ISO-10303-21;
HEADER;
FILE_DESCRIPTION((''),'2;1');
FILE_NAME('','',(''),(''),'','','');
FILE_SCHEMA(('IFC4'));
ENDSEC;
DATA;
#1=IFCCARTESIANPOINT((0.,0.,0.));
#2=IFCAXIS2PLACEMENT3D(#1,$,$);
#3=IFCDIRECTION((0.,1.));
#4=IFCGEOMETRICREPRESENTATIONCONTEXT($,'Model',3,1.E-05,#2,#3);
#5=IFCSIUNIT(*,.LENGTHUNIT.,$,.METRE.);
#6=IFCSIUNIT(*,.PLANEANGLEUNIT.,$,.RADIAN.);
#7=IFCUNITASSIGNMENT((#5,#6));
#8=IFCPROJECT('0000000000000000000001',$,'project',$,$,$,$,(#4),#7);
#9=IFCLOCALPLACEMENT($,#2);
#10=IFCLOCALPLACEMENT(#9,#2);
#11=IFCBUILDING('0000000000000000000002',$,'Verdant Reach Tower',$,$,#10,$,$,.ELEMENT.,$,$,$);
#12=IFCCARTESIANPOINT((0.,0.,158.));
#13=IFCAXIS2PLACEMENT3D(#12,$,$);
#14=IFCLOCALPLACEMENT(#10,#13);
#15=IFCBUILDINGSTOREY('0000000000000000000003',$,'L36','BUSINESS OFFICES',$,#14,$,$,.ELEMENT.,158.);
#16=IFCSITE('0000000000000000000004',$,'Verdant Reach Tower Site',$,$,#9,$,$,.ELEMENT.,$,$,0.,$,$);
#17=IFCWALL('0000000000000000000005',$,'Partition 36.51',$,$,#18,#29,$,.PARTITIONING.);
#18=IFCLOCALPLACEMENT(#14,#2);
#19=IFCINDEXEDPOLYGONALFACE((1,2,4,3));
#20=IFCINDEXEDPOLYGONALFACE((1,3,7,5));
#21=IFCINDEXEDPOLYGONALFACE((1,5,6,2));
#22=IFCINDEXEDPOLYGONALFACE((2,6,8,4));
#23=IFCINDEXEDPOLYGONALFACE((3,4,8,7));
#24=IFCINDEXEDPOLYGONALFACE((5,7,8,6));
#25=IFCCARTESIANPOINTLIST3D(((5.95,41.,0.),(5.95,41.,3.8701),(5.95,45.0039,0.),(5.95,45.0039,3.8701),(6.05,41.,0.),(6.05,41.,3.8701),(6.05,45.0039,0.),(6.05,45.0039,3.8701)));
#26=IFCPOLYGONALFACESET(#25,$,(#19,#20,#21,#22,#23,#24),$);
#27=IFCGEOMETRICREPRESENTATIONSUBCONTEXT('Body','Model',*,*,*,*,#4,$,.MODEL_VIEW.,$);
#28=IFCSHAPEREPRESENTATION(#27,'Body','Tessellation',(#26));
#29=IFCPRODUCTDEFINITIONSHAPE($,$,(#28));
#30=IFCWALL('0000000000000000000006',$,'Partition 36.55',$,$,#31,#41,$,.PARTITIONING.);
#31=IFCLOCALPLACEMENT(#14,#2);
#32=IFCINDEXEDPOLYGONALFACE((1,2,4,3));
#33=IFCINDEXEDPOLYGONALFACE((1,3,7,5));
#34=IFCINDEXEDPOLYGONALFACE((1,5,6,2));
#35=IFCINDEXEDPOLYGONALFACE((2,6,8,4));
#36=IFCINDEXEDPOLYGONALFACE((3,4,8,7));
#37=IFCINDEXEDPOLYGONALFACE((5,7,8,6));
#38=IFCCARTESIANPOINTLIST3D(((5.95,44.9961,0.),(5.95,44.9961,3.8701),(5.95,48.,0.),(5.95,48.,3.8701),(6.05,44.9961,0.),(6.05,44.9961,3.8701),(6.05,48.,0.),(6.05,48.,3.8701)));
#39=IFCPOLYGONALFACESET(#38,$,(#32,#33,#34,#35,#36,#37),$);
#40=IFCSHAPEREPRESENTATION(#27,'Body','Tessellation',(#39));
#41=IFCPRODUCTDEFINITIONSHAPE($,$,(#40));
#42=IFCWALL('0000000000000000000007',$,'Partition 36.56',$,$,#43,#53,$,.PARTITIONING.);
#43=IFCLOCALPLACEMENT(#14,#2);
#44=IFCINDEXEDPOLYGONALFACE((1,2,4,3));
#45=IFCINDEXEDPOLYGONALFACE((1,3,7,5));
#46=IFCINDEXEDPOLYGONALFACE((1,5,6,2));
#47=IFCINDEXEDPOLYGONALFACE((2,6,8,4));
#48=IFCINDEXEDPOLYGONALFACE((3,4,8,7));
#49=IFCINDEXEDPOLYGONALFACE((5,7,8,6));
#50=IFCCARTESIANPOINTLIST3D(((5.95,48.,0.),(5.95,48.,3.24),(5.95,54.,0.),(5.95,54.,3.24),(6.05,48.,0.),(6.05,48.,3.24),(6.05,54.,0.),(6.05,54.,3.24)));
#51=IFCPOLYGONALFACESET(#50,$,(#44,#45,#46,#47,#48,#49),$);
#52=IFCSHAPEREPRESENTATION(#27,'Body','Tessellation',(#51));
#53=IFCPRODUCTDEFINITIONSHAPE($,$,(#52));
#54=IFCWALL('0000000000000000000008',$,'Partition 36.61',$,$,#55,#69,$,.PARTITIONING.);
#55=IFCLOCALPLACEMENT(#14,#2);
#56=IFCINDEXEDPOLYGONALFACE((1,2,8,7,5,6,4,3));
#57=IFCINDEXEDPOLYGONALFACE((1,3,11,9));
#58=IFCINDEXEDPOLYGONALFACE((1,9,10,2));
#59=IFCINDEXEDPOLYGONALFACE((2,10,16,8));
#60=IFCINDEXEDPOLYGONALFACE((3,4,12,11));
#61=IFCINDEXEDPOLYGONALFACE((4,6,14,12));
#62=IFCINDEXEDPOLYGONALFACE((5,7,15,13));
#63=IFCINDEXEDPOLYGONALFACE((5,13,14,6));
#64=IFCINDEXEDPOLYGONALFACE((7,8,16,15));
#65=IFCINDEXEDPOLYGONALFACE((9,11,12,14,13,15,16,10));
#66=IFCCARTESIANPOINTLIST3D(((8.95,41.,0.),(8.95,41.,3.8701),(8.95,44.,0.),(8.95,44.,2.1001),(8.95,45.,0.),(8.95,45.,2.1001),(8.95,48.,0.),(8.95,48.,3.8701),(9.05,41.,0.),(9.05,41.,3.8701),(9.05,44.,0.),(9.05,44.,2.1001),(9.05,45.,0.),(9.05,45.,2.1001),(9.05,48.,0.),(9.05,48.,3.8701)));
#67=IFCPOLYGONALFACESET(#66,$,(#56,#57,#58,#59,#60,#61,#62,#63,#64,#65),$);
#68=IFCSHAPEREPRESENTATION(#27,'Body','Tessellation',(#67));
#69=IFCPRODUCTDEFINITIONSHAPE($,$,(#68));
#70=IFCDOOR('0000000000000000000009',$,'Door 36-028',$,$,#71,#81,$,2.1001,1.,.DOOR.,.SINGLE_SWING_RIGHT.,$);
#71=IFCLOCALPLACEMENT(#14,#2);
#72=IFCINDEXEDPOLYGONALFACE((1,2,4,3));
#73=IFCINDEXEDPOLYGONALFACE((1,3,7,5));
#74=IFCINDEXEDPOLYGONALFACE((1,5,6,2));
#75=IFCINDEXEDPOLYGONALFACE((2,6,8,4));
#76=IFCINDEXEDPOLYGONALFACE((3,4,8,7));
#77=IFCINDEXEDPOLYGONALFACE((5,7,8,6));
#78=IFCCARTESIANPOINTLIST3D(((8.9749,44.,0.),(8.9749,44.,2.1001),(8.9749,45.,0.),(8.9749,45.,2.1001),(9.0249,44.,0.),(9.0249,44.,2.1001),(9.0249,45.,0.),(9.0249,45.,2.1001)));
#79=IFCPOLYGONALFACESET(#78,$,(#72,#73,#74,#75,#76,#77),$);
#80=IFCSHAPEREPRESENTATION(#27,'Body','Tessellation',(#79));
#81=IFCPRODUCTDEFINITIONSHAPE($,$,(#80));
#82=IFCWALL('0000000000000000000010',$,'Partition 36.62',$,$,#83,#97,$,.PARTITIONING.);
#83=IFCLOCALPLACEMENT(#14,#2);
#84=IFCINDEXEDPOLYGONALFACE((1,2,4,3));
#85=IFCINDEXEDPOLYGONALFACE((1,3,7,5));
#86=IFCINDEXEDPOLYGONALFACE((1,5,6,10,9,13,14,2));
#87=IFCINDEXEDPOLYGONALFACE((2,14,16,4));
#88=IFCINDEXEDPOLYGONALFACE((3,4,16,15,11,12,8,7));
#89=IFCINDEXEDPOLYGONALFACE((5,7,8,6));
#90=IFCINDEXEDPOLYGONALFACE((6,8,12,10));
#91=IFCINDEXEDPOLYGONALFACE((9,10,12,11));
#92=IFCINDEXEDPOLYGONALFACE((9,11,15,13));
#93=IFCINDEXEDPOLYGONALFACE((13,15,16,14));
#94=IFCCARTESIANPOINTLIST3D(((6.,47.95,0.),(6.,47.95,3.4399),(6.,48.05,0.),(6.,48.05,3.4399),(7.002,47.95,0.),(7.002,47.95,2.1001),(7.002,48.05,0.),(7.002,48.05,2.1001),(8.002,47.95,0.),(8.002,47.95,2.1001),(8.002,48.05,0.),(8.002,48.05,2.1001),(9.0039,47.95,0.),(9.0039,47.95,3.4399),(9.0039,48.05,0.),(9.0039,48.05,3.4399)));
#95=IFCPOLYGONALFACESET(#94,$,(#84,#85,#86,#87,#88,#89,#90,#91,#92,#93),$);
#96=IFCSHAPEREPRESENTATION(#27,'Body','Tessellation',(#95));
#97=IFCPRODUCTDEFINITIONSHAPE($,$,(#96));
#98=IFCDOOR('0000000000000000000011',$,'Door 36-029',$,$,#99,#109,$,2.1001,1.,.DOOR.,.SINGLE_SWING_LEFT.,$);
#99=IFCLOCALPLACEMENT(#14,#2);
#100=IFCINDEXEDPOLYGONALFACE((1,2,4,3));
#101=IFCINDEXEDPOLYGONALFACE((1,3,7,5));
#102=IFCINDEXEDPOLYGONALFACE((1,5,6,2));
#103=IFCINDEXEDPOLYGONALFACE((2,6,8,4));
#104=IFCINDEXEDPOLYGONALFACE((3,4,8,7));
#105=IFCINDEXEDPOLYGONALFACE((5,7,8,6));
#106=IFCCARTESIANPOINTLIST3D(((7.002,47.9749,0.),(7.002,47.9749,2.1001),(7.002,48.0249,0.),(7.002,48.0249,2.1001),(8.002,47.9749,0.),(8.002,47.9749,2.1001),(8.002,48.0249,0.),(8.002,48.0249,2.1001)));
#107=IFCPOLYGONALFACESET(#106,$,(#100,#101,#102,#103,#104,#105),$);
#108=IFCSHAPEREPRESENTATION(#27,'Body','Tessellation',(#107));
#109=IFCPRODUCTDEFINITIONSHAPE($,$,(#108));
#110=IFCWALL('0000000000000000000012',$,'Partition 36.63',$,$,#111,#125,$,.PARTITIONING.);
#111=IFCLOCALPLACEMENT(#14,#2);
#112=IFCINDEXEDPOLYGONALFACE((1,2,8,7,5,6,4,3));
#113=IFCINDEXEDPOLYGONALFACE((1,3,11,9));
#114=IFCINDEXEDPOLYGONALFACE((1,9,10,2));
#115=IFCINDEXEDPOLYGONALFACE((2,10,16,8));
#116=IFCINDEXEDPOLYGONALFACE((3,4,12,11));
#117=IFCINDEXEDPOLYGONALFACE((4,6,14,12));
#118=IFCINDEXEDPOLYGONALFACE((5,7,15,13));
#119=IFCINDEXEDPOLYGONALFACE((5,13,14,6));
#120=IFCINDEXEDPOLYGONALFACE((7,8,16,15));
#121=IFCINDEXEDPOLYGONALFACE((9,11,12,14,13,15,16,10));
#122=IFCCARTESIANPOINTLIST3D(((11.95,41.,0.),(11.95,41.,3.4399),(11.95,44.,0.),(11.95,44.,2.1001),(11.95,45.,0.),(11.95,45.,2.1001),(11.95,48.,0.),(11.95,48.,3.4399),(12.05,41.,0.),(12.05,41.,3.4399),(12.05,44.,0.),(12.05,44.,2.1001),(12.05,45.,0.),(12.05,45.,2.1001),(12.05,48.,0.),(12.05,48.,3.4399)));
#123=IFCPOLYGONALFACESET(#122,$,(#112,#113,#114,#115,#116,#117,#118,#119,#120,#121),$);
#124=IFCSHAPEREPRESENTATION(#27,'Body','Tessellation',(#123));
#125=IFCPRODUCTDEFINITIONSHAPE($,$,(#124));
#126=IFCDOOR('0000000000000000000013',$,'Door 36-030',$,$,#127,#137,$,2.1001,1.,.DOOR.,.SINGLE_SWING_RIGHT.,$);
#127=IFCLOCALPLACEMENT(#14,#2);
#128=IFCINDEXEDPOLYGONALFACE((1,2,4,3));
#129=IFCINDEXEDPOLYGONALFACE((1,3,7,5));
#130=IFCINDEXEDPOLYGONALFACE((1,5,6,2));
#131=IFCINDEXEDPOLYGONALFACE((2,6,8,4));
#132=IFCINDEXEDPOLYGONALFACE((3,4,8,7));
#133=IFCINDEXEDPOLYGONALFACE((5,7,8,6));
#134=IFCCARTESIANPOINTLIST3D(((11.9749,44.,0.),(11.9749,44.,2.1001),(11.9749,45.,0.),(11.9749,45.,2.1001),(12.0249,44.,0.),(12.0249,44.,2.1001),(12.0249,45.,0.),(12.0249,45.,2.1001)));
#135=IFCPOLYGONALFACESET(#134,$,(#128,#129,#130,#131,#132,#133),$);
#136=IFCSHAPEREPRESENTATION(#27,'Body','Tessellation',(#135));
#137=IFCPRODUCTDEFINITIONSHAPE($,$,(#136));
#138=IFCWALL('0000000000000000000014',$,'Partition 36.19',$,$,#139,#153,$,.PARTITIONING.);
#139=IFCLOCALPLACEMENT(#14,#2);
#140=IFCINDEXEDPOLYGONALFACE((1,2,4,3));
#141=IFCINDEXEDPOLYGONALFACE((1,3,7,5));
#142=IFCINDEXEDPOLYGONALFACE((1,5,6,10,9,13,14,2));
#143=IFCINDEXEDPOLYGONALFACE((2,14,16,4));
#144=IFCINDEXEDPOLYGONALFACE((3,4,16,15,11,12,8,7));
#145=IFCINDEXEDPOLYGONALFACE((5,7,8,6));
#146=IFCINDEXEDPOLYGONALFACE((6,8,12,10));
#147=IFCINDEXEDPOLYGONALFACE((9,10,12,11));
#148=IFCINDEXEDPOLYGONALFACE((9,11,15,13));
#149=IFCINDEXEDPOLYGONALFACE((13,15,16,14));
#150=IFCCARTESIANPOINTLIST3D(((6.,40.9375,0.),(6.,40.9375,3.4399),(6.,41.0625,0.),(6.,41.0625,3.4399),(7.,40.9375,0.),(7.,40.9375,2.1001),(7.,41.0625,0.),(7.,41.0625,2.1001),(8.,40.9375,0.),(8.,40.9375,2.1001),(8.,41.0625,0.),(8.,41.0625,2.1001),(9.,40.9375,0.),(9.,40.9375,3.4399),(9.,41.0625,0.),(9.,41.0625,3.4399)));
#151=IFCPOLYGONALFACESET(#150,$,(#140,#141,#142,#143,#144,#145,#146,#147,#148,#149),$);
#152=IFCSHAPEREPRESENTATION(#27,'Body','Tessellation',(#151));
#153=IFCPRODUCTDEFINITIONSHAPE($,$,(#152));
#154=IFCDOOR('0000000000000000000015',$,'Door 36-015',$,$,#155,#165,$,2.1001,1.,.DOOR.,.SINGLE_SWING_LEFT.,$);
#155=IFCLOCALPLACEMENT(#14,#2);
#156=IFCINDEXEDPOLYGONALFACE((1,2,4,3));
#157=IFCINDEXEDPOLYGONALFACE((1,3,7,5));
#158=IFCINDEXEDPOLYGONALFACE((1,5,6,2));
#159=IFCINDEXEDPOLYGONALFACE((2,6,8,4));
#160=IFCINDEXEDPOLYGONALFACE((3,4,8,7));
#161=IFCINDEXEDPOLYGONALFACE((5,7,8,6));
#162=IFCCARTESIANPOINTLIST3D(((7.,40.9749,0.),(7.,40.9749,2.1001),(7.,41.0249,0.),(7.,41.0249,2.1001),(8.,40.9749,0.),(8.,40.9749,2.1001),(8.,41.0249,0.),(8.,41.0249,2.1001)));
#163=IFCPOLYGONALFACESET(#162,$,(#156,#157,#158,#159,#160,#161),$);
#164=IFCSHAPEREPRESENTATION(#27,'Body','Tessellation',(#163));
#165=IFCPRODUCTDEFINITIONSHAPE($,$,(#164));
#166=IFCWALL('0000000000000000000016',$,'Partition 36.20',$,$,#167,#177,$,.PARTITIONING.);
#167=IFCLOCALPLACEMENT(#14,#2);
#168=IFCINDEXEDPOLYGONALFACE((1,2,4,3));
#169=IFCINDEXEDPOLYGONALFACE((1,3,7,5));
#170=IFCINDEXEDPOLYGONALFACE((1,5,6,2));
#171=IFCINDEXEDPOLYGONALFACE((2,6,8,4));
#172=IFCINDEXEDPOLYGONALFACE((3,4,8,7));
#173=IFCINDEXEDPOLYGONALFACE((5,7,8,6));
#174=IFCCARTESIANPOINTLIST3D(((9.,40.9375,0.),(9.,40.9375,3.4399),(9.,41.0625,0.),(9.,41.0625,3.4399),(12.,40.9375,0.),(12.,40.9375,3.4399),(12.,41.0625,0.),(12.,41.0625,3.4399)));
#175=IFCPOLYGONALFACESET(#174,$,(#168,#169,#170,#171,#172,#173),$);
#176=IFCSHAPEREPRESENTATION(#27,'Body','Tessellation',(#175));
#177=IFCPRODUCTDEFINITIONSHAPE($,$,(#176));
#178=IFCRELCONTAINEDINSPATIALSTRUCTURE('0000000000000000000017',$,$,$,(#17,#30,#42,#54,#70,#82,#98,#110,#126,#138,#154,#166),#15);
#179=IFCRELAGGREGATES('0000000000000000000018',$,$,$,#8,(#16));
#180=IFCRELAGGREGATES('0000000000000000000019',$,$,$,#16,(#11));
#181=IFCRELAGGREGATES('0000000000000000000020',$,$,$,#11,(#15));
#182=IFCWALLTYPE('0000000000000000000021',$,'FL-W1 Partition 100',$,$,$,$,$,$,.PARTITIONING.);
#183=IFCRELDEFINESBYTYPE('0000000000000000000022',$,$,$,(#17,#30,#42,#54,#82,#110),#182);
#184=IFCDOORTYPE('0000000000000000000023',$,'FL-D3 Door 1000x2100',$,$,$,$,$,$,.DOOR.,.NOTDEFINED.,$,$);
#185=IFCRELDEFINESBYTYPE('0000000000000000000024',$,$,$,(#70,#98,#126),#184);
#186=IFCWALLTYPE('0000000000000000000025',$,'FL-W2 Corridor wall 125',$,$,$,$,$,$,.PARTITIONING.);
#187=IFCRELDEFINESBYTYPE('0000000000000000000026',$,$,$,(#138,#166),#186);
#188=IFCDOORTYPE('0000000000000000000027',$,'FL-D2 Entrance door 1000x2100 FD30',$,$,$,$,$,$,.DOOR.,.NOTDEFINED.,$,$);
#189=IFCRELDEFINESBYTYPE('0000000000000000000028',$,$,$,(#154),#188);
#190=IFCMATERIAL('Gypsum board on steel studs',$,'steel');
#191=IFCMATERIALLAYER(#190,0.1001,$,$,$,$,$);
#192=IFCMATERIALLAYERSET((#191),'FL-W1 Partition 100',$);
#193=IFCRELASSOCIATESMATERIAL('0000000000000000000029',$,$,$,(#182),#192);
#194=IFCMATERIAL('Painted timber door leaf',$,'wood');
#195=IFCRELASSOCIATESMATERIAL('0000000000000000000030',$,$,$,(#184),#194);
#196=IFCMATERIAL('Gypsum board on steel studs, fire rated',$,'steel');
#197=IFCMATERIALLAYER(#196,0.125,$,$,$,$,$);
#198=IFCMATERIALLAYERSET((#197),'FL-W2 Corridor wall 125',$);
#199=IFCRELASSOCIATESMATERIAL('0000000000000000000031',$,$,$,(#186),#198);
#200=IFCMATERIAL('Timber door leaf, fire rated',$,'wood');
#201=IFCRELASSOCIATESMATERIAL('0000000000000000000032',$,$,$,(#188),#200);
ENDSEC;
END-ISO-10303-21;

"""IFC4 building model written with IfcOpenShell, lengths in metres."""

from ifc_helpers import new_model, si_unit, direction, frame, frame_2d, origin, place, context, subcontext, project, spatial, rectangle, extrude, material, layer, layer_set, type_object, element, fill, save


model = new_model("IFC4")

# Units and contexts
model_context = context("Model", 3, precision=1e-05, world=origin(), true_north=direction((0.0, 1.0)))
body_context = subcontext(model_context, "Body", "Model", "MODEL_VIEW")
ifc_project = project(units=[si_unit("LENGTHUNIT", "METRE"), si_unit("PLANEANGLEUNIT", "RADIAN")], contexts=[model_context])

# Site, building, storey
site_placement = place(None, origin())
site = spatial("IfcSite", under=ifc_project, at=site_placement, Name="Verdant Reach Tower Site", CompositionType="ELEMENT", RefElevation=0.0)
building_placement = place(site_placement, origin())
building = spatial("IfcBuilding", under=site, at=building_placement, Name="Verdant Reach Tower", CompositionType="ELEMENT")
storey_placement = place(building_placement, frame((0.0, 0.0, 158.0)))
storey = spatial("IfcBuildingStorey", under=building, at=storey_placement, Name="L36", Description="BUSINESS OFFICES", CompositionType="ELEMENT", Elevation=158.0)

# Walls
ifc_material_1 = material(Name="Gypsum board on steel studs", Category="steel")
ifc_layer_1 = layer(ifc_material_1, 0.1001)
ifc_layer_set_1 = layer_set([ifc_layer_1], Name="FL-W1 Partition 100")
wall_type_1 = type_object("IfcWallType", Name="FL-W1 Partition 100", PredefinedType="PARTITIONING", material=ifc_layer_set_1)
wall_1_placement = place(storey_placement, frame((6.0, 41.0, 0.0), z_axis=(0.0, 0.0, 1.0), x_axis=(0.0, 1.0, 0.0)))
element("IfcWall", 1, at=wall_1_placement, inside=storey, type_object=wall_type_1, Name="Partition 36.51", PredefinedType="PARTITIONING", context=body_context, shape_type="SweptSolid", body=[
    extrude(rectangle(XDim=4.0039, YDim=0.1001, at=frame_2d((2.002, 0.0))), origin(), (0.0, 0.0, 1.0), 3.8701),
])
wall_2_placement = place(storey_placement, frame((6.0, 44.9961, 0.0), z_axis=(0.0, 0.0, 1.0), x_axis=(0.0, 1.0, 0.0)))
element("IfcWall", 2, at=wall_2_placement, inside=storey, type_object=wall_type_1, Name="Partition 36.55", PredefinedType="PARTITIONING", context=body_context, shape_type="SweptSolid", body=[
    extrude(rectangle(XDim=3.0039, YDim=0.1001, at=frame_2d((1.502, 0.0))), origin(), (0.0, 0.0, 1.0), 3.8701),
])
wall_3_placement = place(storey_placement, frame((6.0, 48.0, 0.0), z_axis=(0.0, 0.0, 1.0), x_axis=(0.0, 1.0, 0.0)))
element("IfcWall", 3, at=wall_3_placement, inside=storey, type_object=wall_type_1, Name="Partition 36.56", PredefinedType="PARTITIONING", context=body_context, shape_type="SweptSolid", body=[
    extrude(rectangle(XDim=6.0, YDim=0.1001, at=frame_2d((3.0, 0.0))), origin(), (0.0, 0.0, 1.0), 3.24),
])

# Walls, openings, doors
wall_4_placement = place(storey_placement, frame((9.0, 48.0, 0.0), z_axis=(0.0, 0.0, 1.0), x_axis=(0.0, -1.0, 0.0)))
wall_4 = element("IfcWall", 4, at=wall_4_placement, inside=storey, type_object=wall_type_1, Name="Partition 36.61", PredefinedType="PARTITIONING", context=body_context, shape_type="SweptSolid", body=[
    extrude(rectangle(XDim=7.0, YDim=0.1001, at=frame_2d((3.5, 0.0))), origin(), (0.0, 0.0, 1.0), 3.8701),
])
opening_1_placement = place(wall_4_placement, frame((3.0, 0.0, 0.0)))
opening_1 = element("IfcOpeningElement", 5, at=opening_1_placement, cuts=wall_4, PredefinedType="OPENING", context=body_context, shape_type="SweptSolid", body=[
    extrude(rectangle(XDim=1.0, YDim=2.1001, at=frame_2d((0.5, 1.05))), frame((0.0, 0.0601, 0.0), z_axis=(0.0, -1.0, 0.0), x_axis=(1.0, 0.0, 0.0)), (0.0, 0.0, 1.0), 0.1201),
])
ifc_material_2 = material(Name="Painted timber door leaf", Category="wood")
door_type_1 = type_object("IfcDoorType", Name="FL-D3 Door 1000x2100", OperationType="NOTDEFINED", PredefinedType="DOOR", material=ifc_material_2)
door_1_placement = place(opening_1_placement, origin())
door_1 = element("IfcDoor", 6, at=door_1_placement, inside=storey, type_object=door_type_1, Name="Door 36-028", OperationType="SINGLE_SWING_RIGHT", OverallHeight=2.1001, OverallWidth=1.0, PredefinedType="DOOR", context=body_context, shape_type="SweptSolid", body=[
    extrude(rectangle(XDim=1.0, YDim=2.1001, at=frame_2d((0.5, 1.05))), frame((0.0, 0.0249, 0.0), z_axis=(0.0, -1.0, 0.0), x_axis=(1.0, 0.0, 0.0)), (0.0, 0.0, 1.0), 0.05),
])
fill(opening_1, door_1)
wall_5_placement = place(storey_placement, frame((6.0, 48.0, 0.0), z_axis=(0.0, 0.0, 1.0), x_axis=(1.0, 0.0, 0.0)))
wall_5 = element("IfcWall", 7, at=wall_5_placement, inside=storey, type_object=wall_type_1, Name="Partition 36.62", PredefinedType="PARTITIONING", context=body_context, shape_type="SweptSolid", body=[
    extrude(rectangle(XDim=3.0039, YDim=0.1001, at=frame_2d((1.502, 0.0))), origin(), (0.0, 0.0, 1.0), 3.4399),
])
opening_2_placement = place(wall_5_placement, frame((1.002, 0.0, 0.0)))
opening_2 = element("IfcOpeningElement", 8, at=opening_2_placement, cuts=wall_5, PredefinedType="OPENING", context=body_context, shape_type="SweptSolid", body=[
    extrude(rectangle(XDim=1.0, YDim=2.1001, at=frame_2d((0.5, 1.05))), frame((0.0, 0.0601, 0.0), z_axis=(0.0, -1.0, 0.0), x_axis=(1.0, 0.0, 0.0)), (0.0, 0.0, 1.0), 0.1201),
])
door_2_placement = place(opening_2_placement, origin())
door_2 = element("IfcDoor", 9, at=door_2_placement, inside=storey, type_object=door_type_1, Name="Door 36-029", OperationType="SINGLE_SWING_LEFT", OverallHeight=2.1001, OverallWidth=1.0, PredefinedType="DOOR", context=body_context, shape_type="SweptSolid", body=[
    extrude(rectangle(XDim=1.0, YDim=2.1001, at=frame_2d((0.5, 1.05))), frame((0.0, 0.0249, 0.0), z_axis=(0.0, -1.0, 0.0), x_axis=(1.0, 0.0, 0.0)), (0.0, 0.0, 1.0), 0.05),
])
fill(opening_2, door_2)
wall_6_placement = place(storey_placement, frame((12.0, 48.0, 0.0), z_axis=(0.0, 0.0, 1.0), x_axis=(0.0, -1.0, 0.0)))
wall_6 = element("IfcWall", 10, at=wall_6_placement, inside=storey, type_object=wall_type_1, Name="Partition 36.63", PredefinedType="PARTITIONING", context=body_context, shape_type="SweptSolid", body=[
    extrude(rectangle(XDim=7.0, YDim=0.1001, at=frame_2d((3.5, 0.0))), origin(), (0.0, 0.0, 1.0), 3.4399),
])
opening_3_placement = place(wall_6_placement, frame((3.0, 0.0, 0.0)))
opening_3 = element("IfcOpeningElement", 11, at=opening_3_placement, cuts=wall_6, PredefinedType="OPENING", context=body_context, shape_type="SweptSolid", body=[
    extrude(rectangle(XDim=1.0, YDim=2.1001, at=frame_2d((0.5, 1.05))), frame((0.0, 0.0601, 0.0), z_axis=(0.0, -1.0, 0.0), x_axis=(1.0, 0.0, 0.0)), (0.0, 0.0, 1.0), 0.1201),
])
door_3_placement = place(opening_3_placement, origin())
door_3 = element("IfcDoor", 12, at=door_3_placement, inside=storey, type_object=door_type_1, Name="Door 36-030", OperationType="SINGLE_SWING_RIGHT", OverallHeight=2.1001, OverallWidth=1.0, PredefinedType="DOOR", context=body_context, shape_type="SweptSolid", body=[
    extrude(rectangle(XDim=1.0, YDim=2.1001, at=frame_2d((0.5, 1.05))), frame((0.0, 0.0249, 0.0), z_axis=(0.0, -1.0, 0.0), x_axis=(1.0, 0.0, 0.0)), (0.0, 0.0, 1.0), 0.05),
])
fill(opening_3, door_3)
ifc_material_3 = material(Name="Gypsum board on steel studs, fire rated", Category="steel")
ifc_layer_2 = layer(ifc_material_3, 0.125)
ifc_layer_set_2 = layer_set([ifc_layer_2], Name="FL-W2 Corridor wall 125")
wall_type_2 = type_object("IfcWallType", Name="FL-W2 Corridor wall 125", PredefinedType="PARTITIONING", material=ifc_layer_set_2)
wall_7_placement = place(storey_placement, frame((6.0, 41.0, 0.0), z_axis=(0.0, 0.0, 1.0), x_axis=(1.0, 0.0, 0.0)))
wall_7 = element("IfcWall", 13, at=wall_7_placement, inside=storey, type_object=wall_type_2, Name="Partition 36.19", PredefinedType="PARTITIONING", context=body_context, shape_type="SweptSolid", body=[
    extrude(rectangle(XDim=3.0, YDim=0.125, at=frame_2d((1.5, 0.0))), origin(), (0.0, 0.0, 1.0), 3.4399),
])
opening_4_placement = place(wall_7_placement, frame((1.0, 0.0, 0.0)))
opening_4 = element("IfcOpeningElement", 14, at=opening_4_placement, cuts=wall_7, PredefinedType="OPENING", context=body_context, shape_type="SweptSolid", body=[
    extrude(rectangle(XDim=1.0, YDim=2.1001, at=frame_2d((0.5, 1.05))), frame((0.0, 0.0725, 0.0), z_axis=(0.0, -1.0, 0.0), x_axis=(1.0, 0.0, 0.0)), (0.0, 0.0, 1.0), 0.145),
])
ifc_material_4 = material(Name="Timber door leaf, fire rated", Category="wood")
door_type_2 = type_object("IfcDoorType", Name="FL-D2 Entrance door 1000x2100 FD30", OperationType="NOTDEFINED", PredefinedType="DOOR", material=ifc_material_4)
door_4_placement = place(opening_4_placement, origin())
door_4 = element("IfcDoor", 15, at=door_4_placement, inside=storey, type_object=door_type_2, Name="Door 36-015", OperationType="SINGLE_SWING_LEFT", OverallHeight=2.1001, OverallWidth=1.0, PredefinedType="DOOR", context=body_context, shape_type="SweptSolid", body=[
    extrude(rectangle(XDim=1.0, YDim=2.1001, at=frame_2d((0.5, 1.05))), frame((0.0, 0.0249, 0.0), z_axis=(0.0, -1.0, 0.0), x_axis=(1.0, 0.0, 0.0)), (0.0, 0.0, 1.0), 0.05),
])
fill(opening_4, door_4)

# Wall
wall_8_placement = place(storey_placement, frame((12.0, 41.0, 0.0), z_axis=(0.0, 0.0, 1.0), x_axis=(-1.0, 0.0, 0.0)))
element("IfcWall", 16, at=wall_8_placement, inside=storey, type_object=wall_type_2, Name="Partition 36.20", PredefinedType="PARTITIONING", context=body_context, shape_type="SweptSolid", body=[
    extrude(rectangle(XDim=3.0, YDim=0.125, at=frame_2d((1.5, 0.0))), origin(), (0.0, 0.0, 1.0), 3.4399),
])

save(model, "model.ifc")
